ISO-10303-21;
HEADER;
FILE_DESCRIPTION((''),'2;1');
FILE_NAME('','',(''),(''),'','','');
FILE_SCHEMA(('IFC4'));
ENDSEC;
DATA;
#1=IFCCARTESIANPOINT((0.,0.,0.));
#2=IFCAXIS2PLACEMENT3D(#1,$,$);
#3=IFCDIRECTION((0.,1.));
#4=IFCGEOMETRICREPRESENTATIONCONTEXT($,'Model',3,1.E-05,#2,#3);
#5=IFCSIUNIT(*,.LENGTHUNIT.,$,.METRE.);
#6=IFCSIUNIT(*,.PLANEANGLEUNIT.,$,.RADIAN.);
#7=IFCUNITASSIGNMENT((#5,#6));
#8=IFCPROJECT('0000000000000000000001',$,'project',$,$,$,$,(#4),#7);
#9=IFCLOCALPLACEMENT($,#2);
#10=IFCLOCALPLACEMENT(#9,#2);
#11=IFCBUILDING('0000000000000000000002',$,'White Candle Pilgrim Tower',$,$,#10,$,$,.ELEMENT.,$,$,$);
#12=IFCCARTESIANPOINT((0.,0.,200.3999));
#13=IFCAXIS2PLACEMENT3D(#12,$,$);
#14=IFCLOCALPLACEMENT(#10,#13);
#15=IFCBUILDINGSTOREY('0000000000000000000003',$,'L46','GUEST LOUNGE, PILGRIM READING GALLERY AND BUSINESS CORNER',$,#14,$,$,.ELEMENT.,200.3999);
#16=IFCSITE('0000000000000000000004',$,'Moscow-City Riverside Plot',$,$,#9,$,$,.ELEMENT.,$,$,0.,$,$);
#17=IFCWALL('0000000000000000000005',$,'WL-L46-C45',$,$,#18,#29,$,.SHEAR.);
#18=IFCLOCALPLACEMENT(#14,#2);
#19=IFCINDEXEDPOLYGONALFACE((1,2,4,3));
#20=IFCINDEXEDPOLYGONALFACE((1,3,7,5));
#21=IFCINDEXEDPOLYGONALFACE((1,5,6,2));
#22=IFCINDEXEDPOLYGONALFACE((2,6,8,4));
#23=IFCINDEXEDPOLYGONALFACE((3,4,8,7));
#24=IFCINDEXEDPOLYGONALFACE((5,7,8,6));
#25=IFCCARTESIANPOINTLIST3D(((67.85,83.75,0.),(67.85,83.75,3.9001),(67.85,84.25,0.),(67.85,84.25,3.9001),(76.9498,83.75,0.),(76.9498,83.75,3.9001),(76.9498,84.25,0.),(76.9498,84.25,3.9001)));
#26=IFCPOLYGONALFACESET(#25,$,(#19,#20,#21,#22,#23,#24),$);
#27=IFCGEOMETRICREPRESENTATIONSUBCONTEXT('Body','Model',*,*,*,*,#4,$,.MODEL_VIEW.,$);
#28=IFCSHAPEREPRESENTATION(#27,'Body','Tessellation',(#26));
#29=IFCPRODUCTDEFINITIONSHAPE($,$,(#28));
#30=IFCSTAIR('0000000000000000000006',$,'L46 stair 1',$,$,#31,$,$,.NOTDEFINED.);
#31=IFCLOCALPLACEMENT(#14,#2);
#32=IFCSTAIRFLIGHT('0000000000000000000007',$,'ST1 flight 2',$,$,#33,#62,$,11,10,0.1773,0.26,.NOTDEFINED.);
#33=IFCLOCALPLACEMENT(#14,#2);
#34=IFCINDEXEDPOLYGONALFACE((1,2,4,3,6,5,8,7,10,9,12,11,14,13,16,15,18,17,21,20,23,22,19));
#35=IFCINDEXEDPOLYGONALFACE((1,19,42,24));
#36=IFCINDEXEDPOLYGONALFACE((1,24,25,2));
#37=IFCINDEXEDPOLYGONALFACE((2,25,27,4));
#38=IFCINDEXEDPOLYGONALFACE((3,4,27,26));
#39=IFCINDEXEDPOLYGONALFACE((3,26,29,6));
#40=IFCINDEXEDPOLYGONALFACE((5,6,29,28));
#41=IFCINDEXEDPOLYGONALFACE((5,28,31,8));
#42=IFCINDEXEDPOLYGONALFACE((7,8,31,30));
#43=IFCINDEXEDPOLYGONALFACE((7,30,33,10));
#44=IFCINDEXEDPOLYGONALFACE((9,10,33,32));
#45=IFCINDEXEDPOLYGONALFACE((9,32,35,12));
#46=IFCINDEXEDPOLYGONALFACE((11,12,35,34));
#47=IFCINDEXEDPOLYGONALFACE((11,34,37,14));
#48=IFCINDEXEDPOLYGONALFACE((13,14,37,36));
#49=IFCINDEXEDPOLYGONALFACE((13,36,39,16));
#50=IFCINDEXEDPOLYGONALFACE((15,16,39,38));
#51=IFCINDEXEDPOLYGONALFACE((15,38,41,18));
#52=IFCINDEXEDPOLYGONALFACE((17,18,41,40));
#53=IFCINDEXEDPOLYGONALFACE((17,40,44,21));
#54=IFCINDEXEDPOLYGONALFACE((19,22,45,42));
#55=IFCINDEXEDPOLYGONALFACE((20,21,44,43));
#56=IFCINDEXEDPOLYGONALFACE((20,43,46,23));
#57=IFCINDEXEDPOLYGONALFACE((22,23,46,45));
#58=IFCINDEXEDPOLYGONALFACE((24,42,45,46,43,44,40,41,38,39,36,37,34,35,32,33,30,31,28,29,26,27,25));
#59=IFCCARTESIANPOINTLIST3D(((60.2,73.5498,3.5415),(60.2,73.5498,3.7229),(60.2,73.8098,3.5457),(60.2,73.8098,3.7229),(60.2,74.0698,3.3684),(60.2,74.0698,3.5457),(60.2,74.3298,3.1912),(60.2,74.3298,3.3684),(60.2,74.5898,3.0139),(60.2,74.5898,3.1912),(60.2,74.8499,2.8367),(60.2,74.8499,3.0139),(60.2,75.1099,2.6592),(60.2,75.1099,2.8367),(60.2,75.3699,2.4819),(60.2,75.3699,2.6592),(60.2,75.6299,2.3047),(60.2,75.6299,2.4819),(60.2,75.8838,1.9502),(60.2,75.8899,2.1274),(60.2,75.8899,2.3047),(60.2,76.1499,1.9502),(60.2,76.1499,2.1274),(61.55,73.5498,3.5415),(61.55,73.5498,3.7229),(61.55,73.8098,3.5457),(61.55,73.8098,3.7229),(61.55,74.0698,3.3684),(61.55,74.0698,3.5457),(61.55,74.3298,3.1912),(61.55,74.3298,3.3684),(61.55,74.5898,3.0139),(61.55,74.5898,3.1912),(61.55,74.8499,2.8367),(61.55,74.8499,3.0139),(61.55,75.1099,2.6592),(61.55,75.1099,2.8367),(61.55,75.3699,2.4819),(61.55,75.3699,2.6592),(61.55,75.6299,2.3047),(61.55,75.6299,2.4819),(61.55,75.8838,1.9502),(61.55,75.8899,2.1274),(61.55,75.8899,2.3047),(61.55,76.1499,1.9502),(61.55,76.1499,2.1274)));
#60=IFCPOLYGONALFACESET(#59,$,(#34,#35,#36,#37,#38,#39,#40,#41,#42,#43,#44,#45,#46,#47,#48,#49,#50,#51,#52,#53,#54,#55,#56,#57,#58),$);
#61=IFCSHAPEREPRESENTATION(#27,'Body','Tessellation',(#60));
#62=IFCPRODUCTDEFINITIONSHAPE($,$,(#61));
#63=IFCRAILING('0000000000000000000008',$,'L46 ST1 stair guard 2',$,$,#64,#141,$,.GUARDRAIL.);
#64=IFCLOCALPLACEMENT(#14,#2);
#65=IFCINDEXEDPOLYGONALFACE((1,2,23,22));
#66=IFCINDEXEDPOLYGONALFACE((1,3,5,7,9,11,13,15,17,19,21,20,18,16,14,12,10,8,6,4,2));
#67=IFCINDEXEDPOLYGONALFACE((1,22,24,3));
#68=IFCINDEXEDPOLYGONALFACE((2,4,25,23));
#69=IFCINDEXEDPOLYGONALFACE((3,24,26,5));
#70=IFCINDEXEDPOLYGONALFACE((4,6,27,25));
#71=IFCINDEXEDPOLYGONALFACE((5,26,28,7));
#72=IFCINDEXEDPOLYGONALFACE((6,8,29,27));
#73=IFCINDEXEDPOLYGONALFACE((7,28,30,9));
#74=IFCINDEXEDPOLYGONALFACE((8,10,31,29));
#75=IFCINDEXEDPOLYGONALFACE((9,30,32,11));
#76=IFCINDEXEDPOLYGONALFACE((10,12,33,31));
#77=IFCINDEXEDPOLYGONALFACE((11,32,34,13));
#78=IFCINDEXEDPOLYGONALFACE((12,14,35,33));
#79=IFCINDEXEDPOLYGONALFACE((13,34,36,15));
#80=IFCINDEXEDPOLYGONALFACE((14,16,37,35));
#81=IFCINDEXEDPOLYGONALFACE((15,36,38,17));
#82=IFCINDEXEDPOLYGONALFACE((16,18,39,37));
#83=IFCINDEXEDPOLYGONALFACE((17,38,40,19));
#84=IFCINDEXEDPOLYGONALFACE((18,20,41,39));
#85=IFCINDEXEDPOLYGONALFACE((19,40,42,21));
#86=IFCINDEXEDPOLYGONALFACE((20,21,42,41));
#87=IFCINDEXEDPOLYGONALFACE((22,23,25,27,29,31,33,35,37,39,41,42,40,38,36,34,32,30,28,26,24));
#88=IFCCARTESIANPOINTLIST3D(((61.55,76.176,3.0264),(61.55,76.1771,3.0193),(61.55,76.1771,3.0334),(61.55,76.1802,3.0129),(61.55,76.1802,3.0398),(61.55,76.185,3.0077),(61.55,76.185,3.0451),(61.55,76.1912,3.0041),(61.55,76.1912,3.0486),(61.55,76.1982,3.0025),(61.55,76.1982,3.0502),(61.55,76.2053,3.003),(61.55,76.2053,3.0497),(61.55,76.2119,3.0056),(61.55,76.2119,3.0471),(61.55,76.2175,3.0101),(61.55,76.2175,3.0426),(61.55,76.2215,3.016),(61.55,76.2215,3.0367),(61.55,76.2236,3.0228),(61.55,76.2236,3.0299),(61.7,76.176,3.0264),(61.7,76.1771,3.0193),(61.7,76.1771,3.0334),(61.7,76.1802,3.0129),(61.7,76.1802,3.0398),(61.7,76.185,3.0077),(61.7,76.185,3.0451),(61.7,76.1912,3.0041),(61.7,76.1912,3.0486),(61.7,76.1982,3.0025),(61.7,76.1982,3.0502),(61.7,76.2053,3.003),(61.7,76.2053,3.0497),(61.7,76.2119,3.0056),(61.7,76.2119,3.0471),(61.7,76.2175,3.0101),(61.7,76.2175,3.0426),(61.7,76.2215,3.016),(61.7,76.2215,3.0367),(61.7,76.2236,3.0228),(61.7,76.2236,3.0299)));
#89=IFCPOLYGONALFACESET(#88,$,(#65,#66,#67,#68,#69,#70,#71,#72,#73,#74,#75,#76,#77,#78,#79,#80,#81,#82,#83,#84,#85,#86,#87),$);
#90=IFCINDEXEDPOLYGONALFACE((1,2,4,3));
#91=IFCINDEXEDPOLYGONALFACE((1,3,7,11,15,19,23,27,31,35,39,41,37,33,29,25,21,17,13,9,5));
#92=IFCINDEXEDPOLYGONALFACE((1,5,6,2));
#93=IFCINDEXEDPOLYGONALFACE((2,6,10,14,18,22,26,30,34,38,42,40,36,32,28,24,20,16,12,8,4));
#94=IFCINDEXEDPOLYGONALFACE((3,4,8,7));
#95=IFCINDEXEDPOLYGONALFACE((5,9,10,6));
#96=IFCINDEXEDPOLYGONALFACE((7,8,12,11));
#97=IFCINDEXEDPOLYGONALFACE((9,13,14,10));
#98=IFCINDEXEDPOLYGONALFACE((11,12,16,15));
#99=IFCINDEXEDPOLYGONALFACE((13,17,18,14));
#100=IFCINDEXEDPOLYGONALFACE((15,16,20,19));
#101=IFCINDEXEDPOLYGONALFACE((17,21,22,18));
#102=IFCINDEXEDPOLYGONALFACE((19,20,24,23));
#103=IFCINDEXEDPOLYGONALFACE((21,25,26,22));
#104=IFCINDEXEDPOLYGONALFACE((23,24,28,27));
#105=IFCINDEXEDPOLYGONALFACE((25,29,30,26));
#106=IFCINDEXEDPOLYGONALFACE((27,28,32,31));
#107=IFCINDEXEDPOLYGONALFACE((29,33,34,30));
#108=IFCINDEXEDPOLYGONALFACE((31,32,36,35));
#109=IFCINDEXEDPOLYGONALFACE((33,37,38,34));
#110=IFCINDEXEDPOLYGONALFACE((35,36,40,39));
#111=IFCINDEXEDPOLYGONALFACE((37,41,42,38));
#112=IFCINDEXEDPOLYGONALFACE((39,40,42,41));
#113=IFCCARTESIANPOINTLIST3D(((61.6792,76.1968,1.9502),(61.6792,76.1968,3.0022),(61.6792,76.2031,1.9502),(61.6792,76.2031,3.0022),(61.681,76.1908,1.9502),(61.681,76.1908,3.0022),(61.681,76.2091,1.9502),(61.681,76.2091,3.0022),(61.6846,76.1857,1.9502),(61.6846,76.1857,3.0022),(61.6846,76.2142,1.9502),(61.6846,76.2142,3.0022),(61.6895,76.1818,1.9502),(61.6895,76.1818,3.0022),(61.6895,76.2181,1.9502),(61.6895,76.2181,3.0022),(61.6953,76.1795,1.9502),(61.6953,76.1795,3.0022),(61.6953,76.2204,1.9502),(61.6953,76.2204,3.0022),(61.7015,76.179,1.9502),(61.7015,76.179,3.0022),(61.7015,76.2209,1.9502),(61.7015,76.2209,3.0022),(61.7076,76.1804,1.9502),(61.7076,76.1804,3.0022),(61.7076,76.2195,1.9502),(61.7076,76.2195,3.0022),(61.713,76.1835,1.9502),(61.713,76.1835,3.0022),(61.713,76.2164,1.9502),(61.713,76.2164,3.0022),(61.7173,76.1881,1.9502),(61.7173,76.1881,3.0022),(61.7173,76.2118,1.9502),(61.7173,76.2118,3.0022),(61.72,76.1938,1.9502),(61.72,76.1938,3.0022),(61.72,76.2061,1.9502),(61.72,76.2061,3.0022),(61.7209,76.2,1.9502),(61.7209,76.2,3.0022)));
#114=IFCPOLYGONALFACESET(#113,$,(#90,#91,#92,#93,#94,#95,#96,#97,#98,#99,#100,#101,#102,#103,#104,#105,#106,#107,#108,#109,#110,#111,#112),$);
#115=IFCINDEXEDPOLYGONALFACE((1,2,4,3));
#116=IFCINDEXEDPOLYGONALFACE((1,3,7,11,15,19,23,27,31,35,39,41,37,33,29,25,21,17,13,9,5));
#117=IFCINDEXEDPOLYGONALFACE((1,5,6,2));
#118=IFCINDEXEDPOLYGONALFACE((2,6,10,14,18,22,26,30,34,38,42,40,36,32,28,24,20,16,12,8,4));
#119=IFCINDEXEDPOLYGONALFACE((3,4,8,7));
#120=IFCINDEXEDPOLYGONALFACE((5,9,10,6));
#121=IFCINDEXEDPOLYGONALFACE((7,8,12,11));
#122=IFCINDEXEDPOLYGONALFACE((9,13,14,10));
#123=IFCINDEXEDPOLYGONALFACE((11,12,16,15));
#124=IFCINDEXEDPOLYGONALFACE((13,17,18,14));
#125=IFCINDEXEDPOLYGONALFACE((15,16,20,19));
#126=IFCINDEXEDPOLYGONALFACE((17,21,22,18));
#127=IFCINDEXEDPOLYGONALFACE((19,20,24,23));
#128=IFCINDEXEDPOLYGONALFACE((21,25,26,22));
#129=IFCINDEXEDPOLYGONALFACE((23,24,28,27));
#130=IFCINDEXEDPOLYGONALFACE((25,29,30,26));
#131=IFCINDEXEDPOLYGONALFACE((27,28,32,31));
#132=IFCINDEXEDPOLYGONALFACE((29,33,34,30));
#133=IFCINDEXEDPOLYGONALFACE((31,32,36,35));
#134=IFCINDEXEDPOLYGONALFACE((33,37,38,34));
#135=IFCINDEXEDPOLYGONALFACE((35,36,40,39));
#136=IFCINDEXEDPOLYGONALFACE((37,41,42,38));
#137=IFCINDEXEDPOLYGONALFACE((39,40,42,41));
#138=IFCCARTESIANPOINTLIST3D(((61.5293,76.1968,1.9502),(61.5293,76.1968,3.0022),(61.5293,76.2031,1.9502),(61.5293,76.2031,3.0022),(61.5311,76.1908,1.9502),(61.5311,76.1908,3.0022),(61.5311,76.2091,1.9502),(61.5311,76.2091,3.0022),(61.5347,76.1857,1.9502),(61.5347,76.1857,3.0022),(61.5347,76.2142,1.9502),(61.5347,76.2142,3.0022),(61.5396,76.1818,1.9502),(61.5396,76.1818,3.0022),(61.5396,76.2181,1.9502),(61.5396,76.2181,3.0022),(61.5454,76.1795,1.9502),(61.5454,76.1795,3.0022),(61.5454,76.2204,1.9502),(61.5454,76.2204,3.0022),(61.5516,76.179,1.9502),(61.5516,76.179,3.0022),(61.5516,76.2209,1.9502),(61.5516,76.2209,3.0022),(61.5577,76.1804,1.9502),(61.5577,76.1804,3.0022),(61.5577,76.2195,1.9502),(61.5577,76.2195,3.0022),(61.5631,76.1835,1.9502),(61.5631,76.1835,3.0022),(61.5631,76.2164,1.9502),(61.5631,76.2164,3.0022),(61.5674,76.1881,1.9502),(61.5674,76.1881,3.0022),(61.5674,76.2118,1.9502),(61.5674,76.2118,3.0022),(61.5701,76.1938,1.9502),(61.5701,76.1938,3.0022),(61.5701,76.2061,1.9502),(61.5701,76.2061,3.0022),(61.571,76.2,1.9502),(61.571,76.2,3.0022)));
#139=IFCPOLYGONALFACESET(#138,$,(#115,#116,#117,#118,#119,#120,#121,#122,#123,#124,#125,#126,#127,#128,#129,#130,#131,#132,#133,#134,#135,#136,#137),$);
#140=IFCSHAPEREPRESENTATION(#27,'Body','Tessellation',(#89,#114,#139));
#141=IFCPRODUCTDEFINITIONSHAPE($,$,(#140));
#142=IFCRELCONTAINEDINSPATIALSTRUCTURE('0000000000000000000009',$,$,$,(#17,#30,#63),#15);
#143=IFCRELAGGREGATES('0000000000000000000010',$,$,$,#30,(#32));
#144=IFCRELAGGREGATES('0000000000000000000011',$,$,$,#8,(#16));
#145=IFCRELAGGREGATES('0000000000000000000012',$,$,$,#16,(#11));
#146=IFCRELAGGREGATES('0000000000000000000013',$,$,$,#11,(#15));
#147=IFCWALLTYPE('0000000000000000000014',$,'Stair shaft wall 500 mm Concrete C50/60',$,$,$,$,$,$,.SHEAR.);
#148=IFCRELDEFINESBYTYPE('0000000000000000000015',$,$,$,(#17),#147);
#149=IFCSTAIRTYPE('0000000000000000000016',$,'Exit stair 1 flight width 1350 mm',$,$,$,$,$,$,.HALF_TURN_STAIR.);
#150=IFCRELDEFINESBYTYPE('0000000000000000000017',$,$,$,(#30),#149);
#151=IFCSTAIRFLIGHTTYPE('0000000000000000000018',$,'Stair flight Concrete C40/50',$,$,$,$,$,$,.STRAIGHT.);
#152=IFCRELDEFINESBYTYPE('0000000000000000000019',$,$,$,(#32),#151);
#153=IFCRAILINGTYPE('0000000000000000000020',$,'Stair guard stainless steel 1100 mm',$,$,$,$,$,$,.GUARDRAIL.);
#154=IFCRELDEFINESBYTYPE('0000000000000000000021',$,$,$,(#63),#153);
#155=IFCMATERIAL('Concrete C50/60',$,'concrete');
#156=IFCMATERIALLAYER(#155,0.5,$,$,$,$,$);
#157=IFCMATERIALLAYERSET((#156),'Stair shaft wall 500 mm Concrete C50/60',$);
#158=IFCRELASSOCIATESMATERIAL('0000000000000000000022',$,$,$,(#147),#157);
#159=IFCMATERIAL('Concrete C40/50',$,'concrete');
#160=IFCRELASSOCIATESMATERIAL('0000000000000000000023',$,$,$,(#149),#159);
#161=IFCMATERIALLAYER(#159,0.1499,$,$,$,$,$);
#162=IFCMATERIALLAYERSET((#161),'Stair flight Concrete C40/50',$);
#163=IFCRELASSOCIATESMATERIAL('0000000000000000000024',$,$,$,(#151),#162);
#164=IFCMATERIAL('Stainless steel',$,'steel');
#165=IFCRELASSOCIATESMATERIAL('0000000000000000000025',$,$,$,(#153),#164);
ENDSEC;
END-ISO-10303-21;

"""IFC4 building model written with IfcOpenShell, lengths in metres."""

from ifc_helpers import new_model, si_unit, direction, frame, frame_2d, origin, origin_2d, place, context, subcontext, project, spatial, polyline, rectangle, circle, outline, extrude, material, layer, layer_set, type_object, element, aggregate, save


model = new_model("IFC4")

# Units and contexts
model_context = context("Model", 3, precision=1e-05, world=origin(), true_north=direction((0.0, 1.0)))
body_context = subcontext(model_context, "Body", "Model", "MODEL_VIEW")
ifc_project = project(units=[si_unit("LENGTHUNIT", "METRE"), si_unit("PLANEANGLEUNIT", "RADIAN")], contexts=[model_context])

# Site, building, storey
site_placement = place(None, origin())
site = spatial("IfcSite", under=ifc_project, at=site_placement, Name="Moscow-City Riverside Plot", CompositionType="ELEMENT", RefElevation=0.0)
building_placement = place(site_placement, origin())
building = spatial("IfcBuilding", under=site, at=building_placement, Name="White Candle Pilgrim Tower", CompositionType="ELEMENT")
storey_placement = place(building_placement, frame((0.0, 0.0, 200.3999)))
storey = spatial("IfcBuildingStorey", under=building, at=storey_placement, Name="L46", Description="GUEST LOUNGE, PILGRIM READING GALLERY AND BUSINESS CORNER", CompositionType="ELEMENT", Elevation=200.3999)

# Shared definitions
ifc_material_1 = material(Name="Concrete C50/60", Category="concrete")

# Shared definitions
ifc_material_2 = material(Name="Stainless steel", Category="steel")

# Wall
ifc_layer_1 = layer(ifc_material_1, 0.5)
ifc_layer_set_1 = layer_set([ifc_layer_1], Name="Stair shaft wall 500 mm Concrete C50/60")
wall_type_1 = type_object("IfcWallType", Name="Stair shaft wall 500 mm Concrete C50/60", PredefinedType="SHEAR", material=ifc_layer_set_1)
wall_1_placement = place(storey_placement, frame((67.8501, 84.0, 0.0), z_axis=(0.0, 0.0, 1.0), x_axis=(1.0, 0.0, 0.0)))
element("IfcWall", 1, at=wall_1_placement, inside=storey, type_object=wall_type_1, Name="WL-L46-C45", PredefinedType="SHEAR", context=body_context, shape_type="SweptSolid", body=[
    extrude(rectangle(XDim=9.0999, YDim=0.5, at=frame_2d((4.5498, 0.0))), origin(), (0.0, 0.0, 1.0), 3.9001),
])

# Stair, stair flight
ifc_material_3 = material(Name="Concrete C40/50", Category="concrete")
stair_type = type_object("IfcStairType", Name="Exit stair 1 flight width 1350 mm", PredefinedType="HALF_TURN_STAIR", material=ifc_material_3)
stair_placement = place(storey_placement, origin())
stair = element("IfcStair", 2, at=stair_placement, inside=storey, type_object=stair_type, Name="L46 stair 1", PredefinedType="NOTDEFINED")
ifc_layer_2 = layer(ifc_material_3, 0.1499)
ifc_layer_set_2 = layer_set([ifc_layer_2], Name="Stair flight Concrete C40/50")
stair_flight_type = type_object("IfcStairFlightType", Name="Stair flight Concrete C40/50", PredefinedType="STRAIGHT", material=ifc_layer_set_2)
stair_flight_placement = place(storey_placement, frame((60.875, 76.1499, 1.9502), z_axis=(0.0, 0.0, 1.0), x_axis=(0.0, -1.0, 0.0)))
stair_flight = element("IfcStairFlight", 3, at=stair_flight_placement, type_object=stair_flight_type, Name="ST1 flight 2", NumberOfRisers=11, NumberOfTreads=10, PredefinedType="NOTDEFINED", RiserHeight=0.1773, TreadLength=0.26, context=body_context, shape_type="SweptSolid", body=[
    extrude(outline(polyline([(0.0, 0.0), (0.0, 0.1772), (0.26, 0.1772), (0.26, 0.3545), (0.52, 0.3545), (0.52, 0.5317), (0.78, 0.5317), (0.78, 0.709), (1.04, 0.709), (1.04, 0.8865), (1.3, 0.8865), (1.3, 1.0637), (1.5601, 1.0637), (1.5601, 1.241), (1.8201, 1.241), (1.8201, 1.4182), (2.0801, 1.4182), (2.0801, 1.5955), (2.3401, 1.5955), (2.3401, 1.7727), (2.6001, 1.7727), (2.6001, 1.95), (2.6001, 1.5913), (0.2661, 0.0), (0.0, 0.0)])), frame((0.0, 0.675, 0.0), z_axis=(0.0, -1.0, 0.0), x_axis=(1.0, 0.0, 0.0)), (0.0, 0.0, 1.0), 1.3501),
])
aggregate(stair, [stair_flight])

# Railing
railing_type_1 = type_object("IfcRailingType", Name="Stair guard stainless steel 1100 mm", PredefinedType="GUARDRAIL", material=ifc_material_2)
railing_1_placement = place(storey_placement, frame((61.7, 76.2, 1.9502)))
element("IfcRailing", 4, at=railing_1_placement, inside=storey, type_object=railing_type_1, Name="L46 ST1 stair guard 2", PredefinedType="GUARDRAIL", context=body_context, shape_type="SweptSolid", body=[
    extrude(circle(Radius=0.0239, at=origin_2d()), frame((0.0, 0.0, 1.0762), z_axis=(-1.0, 0.0, 0.0), x_axis=(0.0, -1.0, 0.0)), (0.0, 0.0, 1.0), 0.1499),
    extrude(circle(Radius=0.021, at=origin_2d()), origin(), (0.0, 0.0, 1.0), 1.052),
    extrude(circle(Radius=0.021, at=origin_2d()), frame((-0.1499, 0.0, 0.0)), (0.0, 0.0, 1.0), 1.052),
])

save(model, "model.ifc")
